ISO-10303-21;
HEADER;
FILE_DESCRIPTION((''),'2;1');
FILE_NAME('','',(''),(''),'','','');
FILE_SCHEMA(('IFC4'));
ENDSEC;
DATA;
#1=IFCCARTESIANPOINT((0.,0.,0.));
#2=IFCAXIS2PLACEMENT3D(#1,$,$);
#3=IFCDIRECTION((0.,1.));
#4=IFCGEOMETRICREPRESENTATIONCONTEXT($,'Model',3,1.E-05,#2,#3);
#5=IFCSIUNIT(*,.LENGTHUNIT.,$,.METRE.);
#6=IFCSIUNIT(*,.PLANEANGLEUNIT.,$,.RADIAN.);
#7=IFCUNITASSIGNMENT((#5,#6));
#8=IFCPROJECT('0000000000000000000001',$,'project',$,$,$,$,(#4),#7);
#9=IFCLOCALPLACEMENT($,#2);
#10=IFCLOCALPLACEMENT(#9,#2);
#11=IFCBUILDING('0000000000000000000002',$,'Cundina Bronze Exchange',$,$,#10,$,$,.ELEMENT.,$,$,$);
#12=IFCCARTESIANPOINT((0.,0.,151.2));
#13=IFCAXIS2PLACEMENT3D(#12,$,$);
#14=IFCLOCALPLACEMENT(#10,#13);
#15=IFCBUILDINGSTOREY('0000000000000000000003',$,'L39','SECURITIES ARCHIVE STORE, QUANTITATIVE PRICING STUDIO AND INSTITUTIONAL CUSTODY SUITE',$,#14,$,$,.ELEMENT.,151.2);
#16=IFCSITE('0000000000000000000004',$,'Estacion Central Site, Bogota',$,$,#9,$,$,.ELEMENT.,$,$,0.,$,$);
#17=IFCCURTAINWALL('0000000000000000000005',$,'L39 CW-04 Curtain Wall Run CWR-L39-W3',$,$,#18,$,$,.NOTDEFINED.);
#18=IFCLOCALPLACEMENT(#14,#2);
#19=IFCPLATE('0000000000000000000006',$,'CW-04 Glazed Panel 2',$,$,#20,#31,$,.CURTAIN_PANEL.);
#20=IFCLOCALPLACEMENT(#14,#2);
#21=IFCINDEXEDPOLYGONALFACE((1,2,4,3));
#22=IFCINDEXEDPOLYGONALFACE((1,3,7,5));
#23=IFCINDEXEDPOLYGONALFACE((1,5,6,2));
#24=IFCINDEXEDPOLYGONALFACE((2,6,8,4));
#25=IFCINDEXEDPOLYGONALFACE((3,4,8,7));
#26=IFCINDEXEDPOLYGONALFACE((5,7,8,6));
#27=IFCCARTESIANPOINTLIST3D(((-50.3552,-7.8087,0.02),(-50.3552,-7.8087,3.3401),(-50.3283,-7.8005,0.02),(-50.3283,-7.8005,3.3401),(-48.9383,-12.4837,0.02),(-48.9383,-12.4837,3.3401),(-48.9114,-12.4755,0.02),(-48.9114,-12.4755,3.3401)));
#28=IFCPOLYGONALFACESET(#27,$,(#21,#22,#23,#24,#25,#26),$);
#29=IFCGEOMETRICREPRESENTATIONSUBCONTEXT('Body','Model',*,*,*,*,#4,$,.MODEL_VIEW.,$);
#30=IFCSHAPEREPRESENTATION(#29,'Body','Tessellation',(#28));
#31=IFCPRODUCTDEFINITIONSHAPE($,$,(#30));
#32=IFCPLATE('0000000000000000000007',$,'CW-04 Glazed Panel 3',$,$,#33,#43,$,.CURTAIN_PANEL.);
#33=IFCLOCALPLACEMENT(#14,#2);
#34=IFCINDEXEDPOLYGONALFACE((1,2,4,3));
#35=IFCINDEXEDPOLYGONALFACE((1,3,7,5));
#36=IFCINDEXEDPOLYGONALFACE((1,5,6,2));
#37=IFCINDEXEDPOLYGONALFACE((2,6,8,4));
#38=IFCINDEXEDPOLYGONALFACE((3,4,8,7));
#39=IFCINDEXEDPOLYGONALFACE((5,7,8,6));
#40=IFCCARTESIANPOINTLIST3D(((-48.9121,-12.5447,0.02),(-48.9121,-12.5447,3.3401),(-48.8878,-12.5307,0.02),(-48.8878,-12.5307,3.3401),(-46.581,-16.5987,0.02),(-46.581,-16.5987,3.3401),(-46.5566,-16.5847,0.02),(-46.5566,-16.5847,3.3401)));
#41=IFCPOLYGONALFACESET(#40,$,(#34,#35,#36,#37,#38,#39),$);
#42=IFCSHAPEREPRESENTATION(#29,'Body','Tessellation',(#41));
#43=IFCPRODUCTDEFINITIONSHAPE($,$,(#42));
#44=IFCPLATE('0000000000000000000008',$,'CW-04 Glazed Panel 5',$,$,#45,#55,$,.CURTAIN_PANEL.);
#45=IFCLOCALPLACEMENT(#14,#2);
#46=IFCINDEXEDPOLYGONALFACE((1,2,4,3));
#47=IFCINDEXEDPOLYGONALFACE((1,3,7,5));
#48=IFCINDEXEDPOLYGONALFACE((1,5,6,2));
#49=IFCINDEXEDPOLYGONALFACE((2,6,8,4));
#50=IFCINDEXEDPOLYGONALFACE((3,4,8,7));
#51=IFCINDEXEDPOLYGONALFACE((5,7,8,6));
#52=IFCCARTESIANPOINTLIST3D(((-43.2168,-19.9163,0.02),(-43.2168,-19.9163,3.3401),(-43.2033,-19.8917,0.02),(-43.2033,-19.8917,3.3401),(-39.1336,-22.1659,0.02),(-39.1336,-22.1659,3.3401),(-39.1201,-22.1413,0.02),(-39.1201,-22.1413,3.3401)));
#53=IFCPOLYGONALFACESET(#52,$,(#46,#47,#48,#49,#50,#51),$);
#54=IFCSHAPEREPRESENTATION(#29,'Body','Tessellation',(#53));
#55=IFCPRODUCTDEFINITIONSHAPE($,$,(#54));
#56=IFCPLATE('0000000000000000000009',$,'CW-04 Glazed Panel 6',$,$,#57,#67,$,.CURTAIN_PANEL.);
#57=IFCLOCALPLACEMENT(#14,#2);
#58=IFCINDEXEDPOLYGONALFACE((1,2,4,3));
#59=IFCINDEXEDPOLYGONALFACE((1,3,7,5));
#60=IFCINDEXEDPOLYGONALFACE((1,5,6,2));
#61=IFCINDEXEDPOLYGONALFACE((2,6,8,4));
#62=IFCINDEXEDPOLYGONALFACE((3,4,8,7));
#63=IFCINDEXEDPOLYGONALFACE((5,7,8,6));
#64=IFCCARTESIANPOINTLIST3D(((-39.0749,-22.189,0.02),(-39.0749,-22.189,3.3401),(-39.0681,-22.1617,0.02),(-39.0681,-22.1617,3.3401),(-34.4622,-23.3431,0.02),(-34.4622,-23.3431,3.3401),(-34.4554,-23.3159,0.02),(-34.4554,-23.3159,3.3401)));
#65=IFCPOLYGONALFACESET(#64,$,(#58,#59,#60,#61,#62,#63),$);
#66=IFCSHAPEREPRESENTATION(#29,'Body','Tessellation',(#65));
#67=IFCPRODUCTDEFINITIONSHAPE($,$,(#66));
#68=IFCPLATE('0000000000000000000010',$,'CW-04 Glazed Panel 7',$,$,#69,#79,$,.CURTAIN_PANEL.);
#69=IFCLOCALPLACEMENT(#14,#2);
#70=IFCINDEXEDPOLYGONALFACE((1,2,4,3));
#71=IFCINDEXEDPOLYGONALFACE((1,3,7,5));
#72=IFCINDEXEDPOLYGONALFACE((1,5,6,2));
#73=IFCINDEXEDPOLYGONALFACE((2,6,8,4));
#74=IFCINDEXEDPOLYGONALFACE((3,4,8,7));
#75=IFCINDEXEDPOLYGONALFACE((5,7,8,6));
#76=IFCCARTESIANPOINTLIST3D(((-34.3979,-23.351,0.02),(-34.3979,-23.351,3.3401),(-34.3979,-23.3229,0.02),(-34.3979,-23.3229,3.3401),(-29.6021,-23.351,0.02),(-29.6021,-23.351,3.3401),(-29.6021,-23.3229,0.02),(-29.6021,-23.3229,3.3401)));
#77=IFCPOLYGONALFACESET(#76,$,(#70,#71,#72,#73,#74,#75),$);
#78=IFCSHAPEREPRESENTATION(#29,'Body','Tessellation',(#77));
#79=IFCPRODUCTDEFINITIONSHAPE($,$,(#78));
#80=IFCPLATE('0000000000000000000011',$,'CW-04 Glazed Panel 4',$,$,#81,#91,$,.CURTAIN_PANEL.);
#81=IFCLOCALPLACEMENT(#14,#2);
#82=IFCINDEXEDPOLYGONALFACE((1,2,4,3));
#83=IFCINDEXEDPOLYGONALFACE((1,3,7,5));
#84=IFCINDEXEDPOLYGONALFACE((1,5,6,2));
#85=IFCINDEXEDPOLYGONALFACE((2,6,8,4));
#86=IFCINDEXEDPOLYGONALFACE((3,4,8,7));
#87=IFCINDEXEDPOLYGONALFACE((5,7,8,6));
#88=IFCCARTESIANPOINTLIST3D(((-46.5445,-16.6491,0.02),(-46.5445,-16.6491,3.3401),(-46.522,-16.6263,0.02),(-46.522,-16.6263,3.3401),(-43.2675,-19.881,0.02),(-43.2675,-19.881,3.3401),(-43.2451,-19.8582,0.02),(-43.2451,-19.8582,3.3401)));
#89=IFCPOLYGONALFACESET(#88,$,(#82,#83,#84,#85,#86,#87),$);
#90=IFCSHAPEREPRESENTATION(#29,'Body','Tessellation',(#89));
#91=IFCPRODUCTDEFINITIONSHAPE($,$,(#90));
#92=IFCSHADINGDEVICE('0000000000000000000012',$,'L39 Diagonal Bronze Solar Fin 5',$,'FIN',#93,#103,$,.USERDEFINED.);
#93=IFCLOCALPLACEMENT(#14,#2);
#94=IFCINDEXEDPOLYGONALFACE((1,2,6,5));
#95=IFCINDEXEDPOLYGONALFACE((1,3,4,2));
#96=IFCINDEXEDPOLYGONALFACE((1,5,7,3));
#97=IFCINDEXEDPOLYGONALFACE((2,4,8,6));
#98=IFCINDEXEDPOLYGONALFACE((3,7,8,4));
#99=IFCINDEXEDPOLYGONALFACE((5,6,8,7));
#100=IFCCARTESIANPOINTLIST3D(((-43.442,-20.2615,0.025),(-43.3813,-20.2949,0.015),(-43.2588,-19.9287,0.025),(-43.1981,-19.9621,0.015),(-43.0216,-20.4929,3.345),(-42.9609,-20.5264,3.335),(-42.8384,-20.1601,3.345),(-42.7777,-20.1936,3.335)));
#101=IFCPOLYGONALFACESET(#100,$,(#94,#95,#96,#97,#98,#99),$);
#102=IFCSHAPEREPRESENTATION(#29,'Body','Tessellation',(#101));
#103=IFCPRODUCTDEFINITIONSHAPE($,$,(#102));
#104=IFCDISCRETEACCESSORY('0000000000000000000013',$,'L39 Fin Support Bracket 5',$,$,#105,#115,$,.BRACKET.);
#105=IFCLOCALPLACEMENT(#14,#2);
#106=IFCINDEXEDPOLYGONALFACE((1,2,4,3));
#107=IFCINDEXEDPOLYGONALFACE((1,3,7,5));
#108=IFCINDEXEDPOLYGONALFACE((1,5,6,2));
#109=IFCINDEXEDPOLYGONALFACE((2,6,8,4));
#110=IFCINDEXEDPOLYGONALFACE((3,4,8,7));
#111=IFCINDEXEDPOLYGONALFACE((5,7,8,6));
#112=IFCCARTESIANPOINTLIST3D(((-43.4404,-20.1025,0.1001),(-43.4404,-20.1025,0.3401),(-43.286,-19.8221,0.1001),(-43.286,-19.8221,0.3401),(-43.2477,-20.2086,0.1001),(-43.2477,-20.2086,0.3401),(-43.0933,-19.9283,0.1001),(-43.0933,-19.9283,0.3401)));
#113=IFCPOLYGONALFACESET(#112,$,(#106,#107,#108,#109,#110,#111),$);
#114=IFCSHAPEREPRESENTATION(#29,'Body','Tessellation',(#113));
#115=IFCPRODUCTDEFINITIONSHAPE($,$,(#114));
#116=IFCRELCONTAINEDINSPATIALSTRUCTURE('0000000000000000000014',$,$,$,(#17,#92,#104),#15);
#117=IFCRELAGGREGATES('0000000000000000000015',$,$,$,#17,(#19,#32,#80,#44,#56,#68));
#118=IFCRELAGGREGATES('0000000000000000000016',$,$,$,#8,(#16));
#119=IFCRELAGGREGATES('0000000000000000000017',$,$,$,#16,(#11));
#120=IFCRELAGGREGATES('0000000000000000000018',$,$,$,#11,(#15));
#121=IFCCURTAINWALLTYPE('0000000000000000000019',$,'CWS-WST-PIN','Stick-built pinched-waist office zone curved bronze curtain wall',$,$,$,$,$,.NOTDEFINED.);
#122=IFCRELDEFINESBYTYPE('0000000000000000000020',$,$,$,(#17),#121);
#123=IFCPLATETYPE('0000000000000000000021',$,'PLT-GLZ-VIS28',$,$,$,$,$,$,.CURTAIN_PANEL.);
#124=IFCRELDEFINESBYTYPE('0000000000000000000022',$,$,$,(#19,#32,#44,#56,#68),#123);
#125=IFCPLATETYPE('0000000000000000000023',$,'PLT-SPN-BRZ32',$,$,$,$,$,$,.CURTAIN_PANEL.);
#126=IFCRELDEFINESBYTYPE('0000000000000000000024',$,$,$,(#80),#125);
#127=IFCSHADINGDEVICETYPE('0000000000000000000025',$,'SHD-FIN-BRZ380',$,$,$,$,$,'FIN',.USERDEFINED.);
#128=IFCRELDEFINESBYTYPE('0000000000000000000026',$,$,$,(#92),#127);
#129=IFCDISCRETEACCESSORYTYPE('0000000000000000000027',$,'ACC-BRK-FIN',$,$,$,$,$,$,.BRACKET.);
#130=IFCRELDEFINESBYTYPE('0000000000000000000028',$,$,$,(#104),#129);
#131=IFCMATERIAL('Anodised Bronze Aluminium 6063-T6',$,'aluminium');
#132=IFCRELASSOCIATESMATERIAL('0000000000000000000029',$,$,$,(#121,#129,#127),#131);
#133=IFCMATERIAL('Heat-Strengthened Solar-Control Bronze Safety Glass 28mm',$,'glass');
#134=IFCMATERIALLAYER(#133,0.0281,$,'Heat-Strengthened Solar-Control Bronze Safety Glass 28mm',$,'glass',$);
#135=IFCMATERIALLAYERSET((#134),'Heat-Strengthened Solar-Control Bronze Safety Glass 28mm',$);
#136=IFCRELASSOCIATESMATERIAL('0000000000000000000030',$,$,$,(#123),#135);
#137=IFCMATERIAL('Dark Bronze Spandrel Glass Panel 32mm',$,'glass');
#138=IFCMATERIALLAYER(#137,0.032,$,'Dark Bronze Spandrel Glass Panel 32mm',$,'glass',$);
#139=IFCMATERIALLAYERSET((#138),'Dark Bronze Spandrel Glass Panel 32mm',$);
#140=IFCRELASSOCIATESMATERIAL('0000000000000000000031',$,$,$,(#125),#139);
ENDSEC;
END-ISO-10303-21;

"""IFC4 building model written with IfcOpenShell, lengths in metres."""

from ifc_helpers import new_model, si_unit, direction, frame, origin, origin_2d, place, context, subcontext, project, spatial, rectangle, extrude, material, layer, layer_set, material_profile, profile_set, type_object, element, aggregate, save


model = new_model("IFC4")

# Units and contexts
model_context = context("Model", 3, precision=1e-05, world=origin(), true_north=direction((0.0, 1.0)))
body_context = subcontext(model_context, "Body", "Model", "MODEL_VIEW")
ifc_project = project(units=[si_unit("LENGTHUNIT", "METRE"), si_unit("PLANEANGLEUNIT", "RADIAN")], contexts=[model_context])

# Site, building, storey
site_placement = place(None, origin())
site = spatial("IfcSite", under=ifc_project, at=site_placement, Name="Estacion Central Site, Bogota", CompositionType="ELEMENT", RefElevation=0.0)
building_placement = place(site_placement, origin())
building = spatial("IfcBuilding", under=site, at=building_placement, Name="Cundina Bronze Exchange", CompositionType="ELEMENT")
storey_placement = place(building_placement, frame((0.0, 0.0, 151.2)))
storey = spatial("IfcBuildingStorey", under=building, at=storey_placement, Name="L39", Description="SECURITIES ARCHIVE STORE, QUANTITATIVE PRICING STUDIO AND INSTITUTIONAL CUSTODY SUITE", CompositionType="ELEMENT", Elevation=151.2)

# Curtain wall
ifc_material_1 = material(Name="Anodised Bronze Aluminium 6063-T6", Category="aluminium")
curtain_wall_type = type_object("IfcCurtainWallType", Name="CWS-WST-PIN", Description="Stick-built pinched-waist office zone curved bronze curtain wall", PredefinedType="NOTDEFINED", material=ifc_material_1)
curtain_wall_1_placement = place(storey_placement, origin())
curtain_wall_1 = element("IfcCurtainWall", 1, at=curtain_wall_1_placement, inside=storey, type_object=curtain_wall_type, Name="L39 CW-04 Curtain Wall Run CWR-L39-W3", PredefinedType="NOTDEFINED")

# Plates
ifc_material_2 = material(Name="Heat-Strengthened Solar-Control Bronze Safety Glass 28mm", Category="glass")
ifc_layer_1 = layer(ifc_material_2, 0.0281, Name="Heat-Strengthened Solar-Control Bronze Safety Glass 28mm", Category="glass")
ifc_layer_set_1 = layer_set([ifc_layer_1], Name="Heat-Strengthened Solar-Control Bronze Safety Glass 28mm")
plate_type_1 = type_object("IfcPlateType", Name="PLT-GLZ-VIS28", PredefinedType="CURTAIN_PANEL", material=ifc_layer_set_1)
plate_1_placement = place(storey_placement, frame((-49.6333, -10.1421, 0.02), z_axis=(0.0, 0.0, 1.0), x_axis=(0.290051, -0.957011, 0.0)))
plate_1 = element("IfcPlate", 2, at=plate_1_placement, type_object=plate_type_1, Name="CW-04 Glazed Panel 2", PredefinedType="CURTAIN_PANEL", context=body_context, shape_type="SweptSolid", body=[
    extrude(rectangle(XDim=4.885, YDim=0.0281, at=origin_2d()), origin(), (0.0, 0.0, 1.0), 3.3201),
])
plate_2_placement = place(storey_placement, frame((-47.7344, -14.5647, 0.02), z_axis=(0.0, 0.0, 1.0), x_axis=(0.498488, -0.866897, 0.0)))
plate_2 = element("IfcPlate", 3, at=plate_2_placement, type_object=plate_type_1, Name="CW-04 Glazed Panel 3", PredefinedType="CURTAIN_PANEL", context=body_context, shape_type="SweptSolid", body=[
    extrude(rectangle(XDim=4.6765, YDim=0.0281, at=origin_2d()), origin(), (0.0, 0.0, 1.0), 3.3201),
])
plate_3_placement = place(storey_placement, frame((-41.1685, -21.0288, 0.02), z_axis=(0.0, 0.0, 1.0), x_axis=(0.875869, -0.482549, 0.0)))
plate_3 = element("IfcPlate", 4, at=plate_3_placement, type_object=plate_type_1, Name="CW-04 Glazed Panel 5", PredefinedType="CURTAIN_PANEL", context=body_context, shape_type="SweptSolid", body=[
    extrude(rectangle(XDim=4.6619, YDim=0.0281, at=origin_2d()), origin(), (0.0, 0.0, 1.0), 3.3201),
])
plate_4_placement = place(storey_placement, frame((-36.7651, -22.7524, 0.02), z_axis=(0.0, 0.0, 1.0), x_axis=(0.970093, -0.242735, 0.0)))
plate_4 = element("IfcPlate", 5, at=plate_4_placement, type_object=plate_type_1, Name="CW-04 Glazed Panel 6", PredefinedType="CURTAIN_PANEL", context=body_context, shape_type="SweptSolid", body=[
    extrude(rectangle(XDim=4.7549, YDim=0.0281, at=origin_2d()), origin(), (0.0, 0.0, 1.0), 3.3201),
])
plate_5_placement = place(storey_placement, frame((-32.0, -23.3369, 0.02), z_axis=(0.0, 0.0, 1.0), x_axis=(1.0, 0.0, 0.0)))
plate_5 = element("IfcPlate", 6, at=plate_5_placement, type_object=plate_type_1, Name="CW-04 Glazed Panel 7", PredefinedType="CURTAIN_PANEL", context=body_context, shape_type="SweptSolid", body=[
    extrude(rectangle(XDim=4.7959, YDim=0.0281, at=origin_2d()), origin(), (0.0, 0.0, 1.0), 3.3201),
])
ifc_material_3 = material(Name="Dark Bronze Spandrel Glass Panel 32mm", Category="glass")
ifc_layer_2 = layer(ifc_material_3, 0.032, Name="Dark Bronze Spandrel Glass Panel 32mm", Category="glass")
ifc_layer_set_2 = layer_set([ifc_layer_2], Name="Dark Bronze Spandrel Glass Panel 32mm")
plate_type_2 = type_object("IfcPlateType", Name="PLT-SPN-BRZ32", PredefinedType="CURTAIN_PANEL", material=ifc_layer_set_2)
plate_6_placement = place(storey_placement, frame((-44.8948, -18.2537, 0.02), z_axis=(0.0, 0.0, 1.0), x_axis=(0.711989, -0.70219, 0.0)))
plate_6 = element("IfcPlate", 7, at=plate_6_placement, type_object=plate_type_2, Name="CW-04 Glazed Panel 4", PredefinedType="CURTAIN_PANEL", context=body_context, shape_type="SweptSolid", body=[
    extrude(rectangle(XDim=4.6025, YDim=0.032, at=origin_2d()), origin(), (0.0, 0.0, 1.0), 3.3201),
])
aggregate(curtain_wall_1, [plate_1, plate_2, plate_6, plate_3, plate_4, plate_5])

# Shading device
ifc_material_profile_1 = material_profile(ifc_material_1, rectangle(XDim=0.0701, YDim=0.3799, at=origin_2d()), Name="FIN70X380", Category="aluminium")
ifc_profile_set_1 = profile_set([ifc_material_profile_1], Name="Anodised Bronze Aluminium 6063-T6")
shading_device_type = type_object("IfcShadingDeviceType", Name="SHD-FIN-BRZ380", ElementType="FIN", PredefinedType="USERDEFINED", material=ifc_profile_set_1)
shading_device_placement = place(storey_placement, frame((-43.3201, -20.1118, 0.02), z_axis=(0.125324, -0.068994, 0.989714), x_axis=(-0.867012, 0.47731, 0.143061)))
element("IfcShadingDevice", 8, at=shading_device_placement, inside=storey, type_object=shading_device_type, Name="L39 Diagonal Bronze Solar Fin 5", ObjectType="FIN", PredefinedType="USERDEFINED", context=body_context, shape_type="SweptSolid", body=[
    extrude(rectangle(XDim=0.0701, YDim=0.3799, at=origin_2d()), origin(), (0.0, 0.0, 1.0), 3.3545),
])

# Discrete accessory
discrete_accessory_type = type_object("IfcDiscreteAccessoryType", Name="ACC-BRK-FIN", PredefinedType="BRACKET", material=ifc_material_1)
discrete_accessory_placement = place(storey_placement, frame((-43.2668, -20.0154, 0.1001), z_axis=(0.0, 0.0, 1.0), x_axis=(0.875869, -0.482549, 0.0)))
element("IfcDiscreteAccessory", 9, at=discrete_accessory_placement, inside=storey, type_object=discrete_accessory_type, Name="L39 Fin Support Bracket 5", PredefinedType="BRACKET", context=body_context, shape_type="SweptSolid", body=[
    extrude(rectangle(XDim=0.22, YDim=0.3201, at=origin_2d()), origin(), (0.0, 0.0, 1.0), 0.24),
])

save(model, "model.ifc")
